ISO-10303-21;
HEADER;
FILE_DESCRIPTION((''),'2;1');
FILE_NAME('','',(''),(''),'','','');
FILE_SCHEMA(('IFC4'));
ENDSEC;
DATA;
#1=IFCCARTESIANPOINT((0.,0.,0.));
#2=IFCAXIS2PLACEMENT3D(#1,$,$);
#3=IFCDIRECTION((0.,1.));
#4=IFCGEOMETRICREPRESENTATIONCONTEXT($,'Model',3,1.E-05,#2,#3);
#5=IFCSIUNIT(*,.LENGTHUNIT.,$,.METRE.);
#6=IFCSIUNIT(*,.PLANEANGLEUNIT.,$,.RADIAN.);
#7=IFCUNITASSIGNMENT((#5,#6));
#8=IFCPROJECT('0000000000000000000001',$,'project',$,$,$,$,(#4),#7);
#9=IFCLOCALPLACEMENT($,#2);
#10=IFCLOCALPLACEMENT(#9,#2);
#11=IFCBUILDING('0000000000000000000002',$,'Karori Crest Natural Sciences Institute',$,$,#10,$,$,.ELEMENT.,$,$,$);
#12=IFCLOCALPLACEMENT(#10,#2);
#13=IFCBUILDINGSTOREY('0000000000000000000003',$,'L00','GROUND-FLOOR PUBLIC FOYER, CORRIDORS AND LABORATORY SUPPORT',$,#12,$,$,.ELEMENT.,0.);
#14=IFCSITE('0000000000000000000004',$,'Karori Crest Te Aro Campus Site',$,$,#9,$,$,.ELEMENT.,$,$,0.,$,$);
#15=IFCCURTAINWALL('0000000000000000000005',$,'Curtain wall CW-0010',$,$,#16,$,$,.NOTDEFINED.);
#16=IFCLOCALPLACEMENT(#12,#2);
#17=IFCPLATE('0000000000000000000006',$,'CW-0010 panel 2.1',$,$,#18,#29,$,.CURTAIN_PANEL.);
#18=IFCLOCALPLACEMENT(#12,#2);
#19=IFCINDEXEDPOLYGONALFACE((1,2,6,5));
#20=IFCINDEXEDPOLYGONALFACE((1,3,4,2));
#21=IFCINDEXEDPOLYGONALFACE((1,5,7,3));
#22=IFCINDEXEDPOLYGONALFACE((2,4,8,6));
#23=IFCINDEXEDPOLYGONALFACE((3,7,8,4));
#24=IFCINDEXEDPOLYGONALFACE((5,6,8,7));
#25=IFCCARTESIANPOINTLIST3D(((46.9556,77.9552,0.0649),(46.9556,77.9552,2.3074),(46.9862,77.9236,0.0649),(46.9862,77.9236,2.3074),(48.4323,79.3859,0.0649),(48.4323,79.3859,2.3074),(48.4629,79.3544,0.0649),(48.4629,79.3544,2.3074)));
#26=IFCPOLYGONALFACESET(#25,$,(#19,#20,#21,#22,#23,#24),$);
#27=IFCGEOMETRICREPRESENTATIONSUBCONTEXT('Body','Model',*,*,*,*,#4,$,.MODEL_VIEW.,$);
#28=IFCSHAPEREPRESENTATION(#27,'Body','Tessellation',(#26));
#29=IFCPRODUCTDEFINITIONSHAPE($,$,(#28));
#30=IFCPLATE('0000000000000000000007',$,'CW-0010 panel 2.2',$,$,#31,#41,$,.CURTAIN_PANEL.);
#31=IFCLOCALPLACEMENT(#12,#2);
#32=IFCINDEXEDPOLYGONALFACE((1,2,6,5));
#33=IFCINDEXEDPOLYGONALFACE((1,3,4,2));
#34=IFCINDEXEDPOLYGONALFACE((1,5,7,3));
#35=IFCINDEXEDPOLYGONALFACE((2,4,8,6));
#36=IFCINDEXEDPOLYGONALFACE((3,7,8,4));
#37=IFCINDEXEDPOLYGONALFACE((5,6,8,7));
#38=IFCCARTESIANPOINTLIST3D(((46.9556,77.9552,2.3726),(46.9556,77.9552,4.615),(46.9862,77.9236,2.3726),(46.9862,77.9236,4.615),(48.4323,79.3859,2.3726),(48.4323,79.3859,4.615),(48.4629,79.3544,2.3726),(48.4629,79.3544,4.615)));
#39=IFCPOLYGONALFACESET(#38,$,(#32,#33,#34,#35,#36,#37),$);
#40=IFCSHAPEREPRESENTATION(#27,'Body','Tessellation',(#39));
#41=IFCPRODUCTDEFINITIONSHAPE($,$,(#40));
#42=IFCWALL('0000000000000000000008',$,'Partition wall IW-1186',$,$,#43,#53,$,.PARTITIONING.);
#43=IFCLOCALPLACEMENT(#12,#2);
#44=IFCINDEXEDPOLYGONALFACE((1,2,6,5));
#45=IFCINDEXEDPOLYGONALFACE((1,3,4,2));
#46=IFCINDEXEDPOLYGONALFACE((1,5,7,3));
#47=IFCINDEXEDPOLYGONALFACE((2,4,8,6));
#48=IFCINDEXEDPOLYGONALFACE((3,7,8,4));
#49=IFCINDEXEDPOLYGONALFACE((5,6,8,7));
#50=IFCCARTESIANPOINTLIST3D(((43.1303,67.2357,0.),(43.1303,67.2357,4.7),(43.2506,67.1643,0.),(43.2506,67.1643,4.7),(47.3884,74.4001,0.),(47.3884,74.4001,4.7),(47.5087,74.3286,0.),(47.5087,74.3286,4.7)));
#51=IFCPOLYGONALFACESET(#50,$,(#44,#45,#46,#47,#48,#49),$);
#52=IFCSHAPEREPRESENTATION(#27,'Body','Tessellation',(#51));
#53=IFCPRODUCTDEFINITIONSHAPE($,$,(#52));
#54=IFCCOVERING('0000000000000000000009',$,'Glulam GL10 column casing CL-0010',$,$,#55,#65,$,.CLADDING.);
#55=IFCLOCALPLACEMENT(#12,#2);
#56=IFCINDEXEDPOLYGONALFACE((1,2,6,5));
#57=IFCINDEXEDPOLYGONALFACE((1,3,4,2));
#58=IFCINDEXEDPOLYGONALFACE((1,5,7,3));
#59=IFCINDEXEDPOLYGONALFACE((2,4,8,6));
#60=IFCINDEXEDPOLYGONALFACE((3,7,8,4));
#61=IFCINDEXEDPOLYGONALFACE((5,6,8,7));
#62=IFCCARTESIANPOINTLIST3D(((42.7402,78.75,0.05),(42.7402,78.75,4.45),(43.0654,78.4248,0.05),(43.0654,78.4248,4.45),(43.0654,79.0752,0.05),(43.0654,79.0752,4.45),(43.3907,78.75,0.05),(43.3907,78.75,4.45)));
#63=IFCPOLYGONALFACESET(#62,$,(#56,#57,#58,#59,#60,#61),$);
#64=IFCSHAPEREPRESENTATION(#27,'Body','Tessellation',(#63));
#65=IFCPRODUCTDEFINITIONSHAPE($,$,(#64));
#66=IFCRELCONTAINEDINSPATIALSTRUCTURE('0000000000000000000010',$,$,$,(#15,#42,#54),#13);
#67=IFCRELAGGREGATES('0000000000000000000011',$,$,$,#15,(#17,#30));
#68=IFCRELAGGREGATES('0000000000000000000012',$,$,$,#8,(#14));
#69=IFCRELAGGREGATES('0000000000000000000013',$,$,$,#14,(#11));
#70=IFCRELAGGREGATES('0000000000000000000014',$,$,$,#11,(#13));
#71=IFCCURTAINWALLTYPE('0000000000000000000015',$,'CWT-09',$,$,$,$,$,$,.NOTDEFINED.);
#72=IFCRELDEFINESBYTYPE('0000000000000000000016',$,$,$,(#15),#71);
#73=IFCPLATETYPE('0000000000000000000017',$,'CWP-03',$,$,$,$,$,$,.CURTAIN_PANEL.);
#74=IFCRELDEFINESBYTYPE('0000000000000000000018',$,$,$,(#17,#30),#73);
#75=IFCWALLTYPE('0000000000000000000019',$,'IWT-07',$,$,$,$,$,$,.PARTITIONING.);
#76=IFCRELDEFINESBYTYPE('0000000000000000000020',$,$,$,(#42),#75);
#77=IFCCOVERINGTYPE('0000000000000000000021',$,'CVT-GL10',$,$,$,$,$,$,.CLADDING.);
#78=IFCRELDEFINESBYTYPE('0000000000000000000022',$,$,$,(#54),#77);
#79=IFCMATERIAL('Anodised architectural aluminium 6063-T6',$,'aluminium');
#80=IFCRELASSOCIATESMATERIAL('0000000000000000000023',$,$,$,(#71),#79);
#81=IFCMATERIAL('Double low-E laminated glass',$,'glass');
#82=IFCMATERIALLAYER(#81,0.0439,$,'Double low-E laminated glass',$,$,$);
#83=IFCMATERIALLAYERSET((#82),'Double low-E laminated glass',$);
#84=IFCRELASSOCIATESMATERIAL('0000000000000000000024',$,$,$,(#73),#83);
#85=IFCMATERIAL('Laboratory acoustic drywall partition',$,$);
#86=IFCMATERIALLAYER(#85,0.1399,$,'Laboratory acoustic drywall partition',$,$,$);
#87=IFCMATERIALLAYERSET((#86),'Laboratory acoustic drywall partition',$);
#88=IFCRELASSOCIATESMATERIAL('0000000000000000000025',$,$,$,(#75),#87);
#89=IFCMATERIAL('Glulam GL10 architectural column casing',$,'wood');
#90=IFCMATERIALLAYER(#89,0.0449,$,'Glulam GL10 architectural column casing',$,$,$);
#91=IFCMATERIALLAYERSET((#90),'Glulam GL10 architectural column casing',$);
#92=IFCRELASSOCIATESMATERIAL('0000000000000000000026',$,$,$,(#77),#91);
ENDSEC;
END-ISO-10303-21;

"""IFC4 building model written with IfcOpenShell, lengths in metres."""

from ifc_helpers import new_model, si_unit, direction, frame, frame_2d, origin, origin_2d, place, context, subcontext, project, spatial, rectangle, extrude, material, layer, layer_set, type_object, element, aggregate, save


model = new_model("IFC4")

# Units and contexts
model_context = context("Model", 3, precision=1e-05, world=origin(), true_north=direction((0.0, 1.0)))
body_context = subcontext(model_context, "Body", "Model", "MODEL_VIEW")
ifc_project = project(units=[si_unit("LENGTHUNIT", "METRE"), si_unit("PLANEANGLEUNIT", "RADIAN")], contexts=[model_context])

# Site, building, storey
site_placement = place(None, origin())
site = spatial("IfcSite", under=ifc_project, at=site_placement, Name="Karori Crest Te Aro Campus Site", CompositionType="ELEMENT", RefElevation=0.0)
building_placement = place(site_placement, origin())
building = spatial("IfcBuilding", under=site, at=building_placement, Name="Karori Crest Natural Sciences Institute", CompositionType="ELEMENT")
storey_placement = place(building_placement, origin())
storey = spatial("IfcBuildingStorey", under=building, at=storey_placement, Name="L00", Description="GROUND-FLOOR PUBLIC FOYER, CORRIDORS AND LABORATORY SUPPORT", CompositionType="ELEMENT", Elevation=0.0)

# Curtain wall
ifc_material_1 = material(Name="Anodised architectural aluminium 6063-T6", Category="aluminium")
curtain_wall_type_1 = type_object("IfcCurtainWallType", Name="CWT-09", PredefinedType="NOTDEFINED", material=ifc_material_1)
curtain_wall_1_placement = place(storey_placement, origin())
curtain_wall_1 = element("IfcCurtainWall", 1, at=curtain_wall_1_placement, inside=storey, type_object=curtain_wall_type_1, Name="Curtain wall CW-0010", PredefinedType="NOTDEFINED")

# Plates
ifc_material_2 = material(Name="Double low-E laminated glass", Category="glass")
ifc_layer_1 = layer(ifc_material_2, 0.0439, Name="Double low-E laminated glass")
ifc_layer_set_1 = layer_set([ifc_layer_1], Name="Double low-E laminated glass")
plate_type_1 = type_object("IfcPlateType", Name="CWP-03", PredefinedType="CURTAIN_PANEL", material=ifc_layer_set_1)
plate_1_placement = place(storey_placement, frame((47.7092, 78.6548, 0.0649), z_axis=(0.0, 0.0, 1.0), x_axis=(0.718198, 0.695839, 0.0)))
plate_1 = element("IfcPlate", 2, at=plate_1_placement, type_object=plate_type_1, Name="CW-0010 panel 2.1", PredefinedType="CURTAIN_PANEL", context=body_context, shape_type="SweptSolid", body=[
    extrude(rectangle(XDim=2.0562, YDim=0.0439, at=origin_2d()), origin(), (0.0, 0.0, 1.0), 2.2424),
])
plate_2_placement = place(storey_placement, frame((47.7092, 78.6548, 2.3726), z_axis=(0.0, 0.0, 1.0), x_axis=(0.718198, 0.695839, 0.0)))
plate_2 = element("IfcPlate", 3, at=plate_2_placement, type_object=plate_type_1, Name="CW-0010 panel 2.2", PredefinedType="CURTAIN_PANEL", context=body_context, shape_type="SweptSolid", body=[
    extrude(rectangle(XDim=2.0562, YDim=0.0439, at=origin_2d()), origin(), (0.0, 0.0, 1.0), 2.2424),
])
aggregate(curtain_wall_1, [plate_1, plate_2])

# Wall
ifc_material_3 = material(Name="Laboratory acoustic drywall partition")
ifc_layer_2 = layer(ifc_material_3, 0.1399, Name="Laboratory acoustic drywall partition")
ifc_layer_set_2 = layer_set([ifc_layer_2], Name="Laboratory acoustic drywall partition")
wall_type = type_object("IfcWallType", Name="IWT-07", PredefinedType="PARTITIONING", material=ifc_layer_set_2)
wall_placement = place(storey_placement, frame((47.4485, 74.3643, 0.0), z_axis=(0.0, 0.0, 1.0), x_axis=(-0.510916, -0.859631, 0.0)))
element("IfcWall", 4, at=wall_placement, inside=storey, type_object=wall_type, Name="Partition wall IW-1186", PredefinedType="PARTITIONING", context=body_context, shape_type="SweptSolid", body=[
    extrude(rectangle(XDim=8.3342, YDim=0.1399, at=frame_2d((4.167, 0.0))), origin(), (0.0, 0.0, 1.0), 4.7),
])

# Covering
ifc_material_4 = material(Name="Glulam GL10 architectural column casing", Category="wood")
ifc_layer_3 = layer(ifc_material_4, 0.0449, Name="Glulam GL10 architectural column casing")
ifc_layer_set_3 = layer_set([ifc_layer_3], Name="Glulam GL10 architectural column casing")
covering_type = type_object("IfcCoveringType", Name="CVT-GL10", PredefinedType="CLADDING", material=ifc_layer_set_3)
covering_placement = place(storey_placement, frame((43.0654, 78.75, 0.05), z_axis=(0.0, 0.0, 1.0), x_axis=(-0.707107, 0.707107, 0.0)))
element("IfcCovering", 5, at=covering_placement, inside=storey, type_object=covering_type, Name="Glulam GL10 column casing CL-0010", PredefinedType="CLADDING", context=body_context, shape_type="SweptSolid", body=[
    extrude(rectangle(XDim=0.46, YDim=0.46, at=origin_2d()), origin(), (0.0, 0.0, 1.0), 4.3999),
])

save(model, "model.ifc")
